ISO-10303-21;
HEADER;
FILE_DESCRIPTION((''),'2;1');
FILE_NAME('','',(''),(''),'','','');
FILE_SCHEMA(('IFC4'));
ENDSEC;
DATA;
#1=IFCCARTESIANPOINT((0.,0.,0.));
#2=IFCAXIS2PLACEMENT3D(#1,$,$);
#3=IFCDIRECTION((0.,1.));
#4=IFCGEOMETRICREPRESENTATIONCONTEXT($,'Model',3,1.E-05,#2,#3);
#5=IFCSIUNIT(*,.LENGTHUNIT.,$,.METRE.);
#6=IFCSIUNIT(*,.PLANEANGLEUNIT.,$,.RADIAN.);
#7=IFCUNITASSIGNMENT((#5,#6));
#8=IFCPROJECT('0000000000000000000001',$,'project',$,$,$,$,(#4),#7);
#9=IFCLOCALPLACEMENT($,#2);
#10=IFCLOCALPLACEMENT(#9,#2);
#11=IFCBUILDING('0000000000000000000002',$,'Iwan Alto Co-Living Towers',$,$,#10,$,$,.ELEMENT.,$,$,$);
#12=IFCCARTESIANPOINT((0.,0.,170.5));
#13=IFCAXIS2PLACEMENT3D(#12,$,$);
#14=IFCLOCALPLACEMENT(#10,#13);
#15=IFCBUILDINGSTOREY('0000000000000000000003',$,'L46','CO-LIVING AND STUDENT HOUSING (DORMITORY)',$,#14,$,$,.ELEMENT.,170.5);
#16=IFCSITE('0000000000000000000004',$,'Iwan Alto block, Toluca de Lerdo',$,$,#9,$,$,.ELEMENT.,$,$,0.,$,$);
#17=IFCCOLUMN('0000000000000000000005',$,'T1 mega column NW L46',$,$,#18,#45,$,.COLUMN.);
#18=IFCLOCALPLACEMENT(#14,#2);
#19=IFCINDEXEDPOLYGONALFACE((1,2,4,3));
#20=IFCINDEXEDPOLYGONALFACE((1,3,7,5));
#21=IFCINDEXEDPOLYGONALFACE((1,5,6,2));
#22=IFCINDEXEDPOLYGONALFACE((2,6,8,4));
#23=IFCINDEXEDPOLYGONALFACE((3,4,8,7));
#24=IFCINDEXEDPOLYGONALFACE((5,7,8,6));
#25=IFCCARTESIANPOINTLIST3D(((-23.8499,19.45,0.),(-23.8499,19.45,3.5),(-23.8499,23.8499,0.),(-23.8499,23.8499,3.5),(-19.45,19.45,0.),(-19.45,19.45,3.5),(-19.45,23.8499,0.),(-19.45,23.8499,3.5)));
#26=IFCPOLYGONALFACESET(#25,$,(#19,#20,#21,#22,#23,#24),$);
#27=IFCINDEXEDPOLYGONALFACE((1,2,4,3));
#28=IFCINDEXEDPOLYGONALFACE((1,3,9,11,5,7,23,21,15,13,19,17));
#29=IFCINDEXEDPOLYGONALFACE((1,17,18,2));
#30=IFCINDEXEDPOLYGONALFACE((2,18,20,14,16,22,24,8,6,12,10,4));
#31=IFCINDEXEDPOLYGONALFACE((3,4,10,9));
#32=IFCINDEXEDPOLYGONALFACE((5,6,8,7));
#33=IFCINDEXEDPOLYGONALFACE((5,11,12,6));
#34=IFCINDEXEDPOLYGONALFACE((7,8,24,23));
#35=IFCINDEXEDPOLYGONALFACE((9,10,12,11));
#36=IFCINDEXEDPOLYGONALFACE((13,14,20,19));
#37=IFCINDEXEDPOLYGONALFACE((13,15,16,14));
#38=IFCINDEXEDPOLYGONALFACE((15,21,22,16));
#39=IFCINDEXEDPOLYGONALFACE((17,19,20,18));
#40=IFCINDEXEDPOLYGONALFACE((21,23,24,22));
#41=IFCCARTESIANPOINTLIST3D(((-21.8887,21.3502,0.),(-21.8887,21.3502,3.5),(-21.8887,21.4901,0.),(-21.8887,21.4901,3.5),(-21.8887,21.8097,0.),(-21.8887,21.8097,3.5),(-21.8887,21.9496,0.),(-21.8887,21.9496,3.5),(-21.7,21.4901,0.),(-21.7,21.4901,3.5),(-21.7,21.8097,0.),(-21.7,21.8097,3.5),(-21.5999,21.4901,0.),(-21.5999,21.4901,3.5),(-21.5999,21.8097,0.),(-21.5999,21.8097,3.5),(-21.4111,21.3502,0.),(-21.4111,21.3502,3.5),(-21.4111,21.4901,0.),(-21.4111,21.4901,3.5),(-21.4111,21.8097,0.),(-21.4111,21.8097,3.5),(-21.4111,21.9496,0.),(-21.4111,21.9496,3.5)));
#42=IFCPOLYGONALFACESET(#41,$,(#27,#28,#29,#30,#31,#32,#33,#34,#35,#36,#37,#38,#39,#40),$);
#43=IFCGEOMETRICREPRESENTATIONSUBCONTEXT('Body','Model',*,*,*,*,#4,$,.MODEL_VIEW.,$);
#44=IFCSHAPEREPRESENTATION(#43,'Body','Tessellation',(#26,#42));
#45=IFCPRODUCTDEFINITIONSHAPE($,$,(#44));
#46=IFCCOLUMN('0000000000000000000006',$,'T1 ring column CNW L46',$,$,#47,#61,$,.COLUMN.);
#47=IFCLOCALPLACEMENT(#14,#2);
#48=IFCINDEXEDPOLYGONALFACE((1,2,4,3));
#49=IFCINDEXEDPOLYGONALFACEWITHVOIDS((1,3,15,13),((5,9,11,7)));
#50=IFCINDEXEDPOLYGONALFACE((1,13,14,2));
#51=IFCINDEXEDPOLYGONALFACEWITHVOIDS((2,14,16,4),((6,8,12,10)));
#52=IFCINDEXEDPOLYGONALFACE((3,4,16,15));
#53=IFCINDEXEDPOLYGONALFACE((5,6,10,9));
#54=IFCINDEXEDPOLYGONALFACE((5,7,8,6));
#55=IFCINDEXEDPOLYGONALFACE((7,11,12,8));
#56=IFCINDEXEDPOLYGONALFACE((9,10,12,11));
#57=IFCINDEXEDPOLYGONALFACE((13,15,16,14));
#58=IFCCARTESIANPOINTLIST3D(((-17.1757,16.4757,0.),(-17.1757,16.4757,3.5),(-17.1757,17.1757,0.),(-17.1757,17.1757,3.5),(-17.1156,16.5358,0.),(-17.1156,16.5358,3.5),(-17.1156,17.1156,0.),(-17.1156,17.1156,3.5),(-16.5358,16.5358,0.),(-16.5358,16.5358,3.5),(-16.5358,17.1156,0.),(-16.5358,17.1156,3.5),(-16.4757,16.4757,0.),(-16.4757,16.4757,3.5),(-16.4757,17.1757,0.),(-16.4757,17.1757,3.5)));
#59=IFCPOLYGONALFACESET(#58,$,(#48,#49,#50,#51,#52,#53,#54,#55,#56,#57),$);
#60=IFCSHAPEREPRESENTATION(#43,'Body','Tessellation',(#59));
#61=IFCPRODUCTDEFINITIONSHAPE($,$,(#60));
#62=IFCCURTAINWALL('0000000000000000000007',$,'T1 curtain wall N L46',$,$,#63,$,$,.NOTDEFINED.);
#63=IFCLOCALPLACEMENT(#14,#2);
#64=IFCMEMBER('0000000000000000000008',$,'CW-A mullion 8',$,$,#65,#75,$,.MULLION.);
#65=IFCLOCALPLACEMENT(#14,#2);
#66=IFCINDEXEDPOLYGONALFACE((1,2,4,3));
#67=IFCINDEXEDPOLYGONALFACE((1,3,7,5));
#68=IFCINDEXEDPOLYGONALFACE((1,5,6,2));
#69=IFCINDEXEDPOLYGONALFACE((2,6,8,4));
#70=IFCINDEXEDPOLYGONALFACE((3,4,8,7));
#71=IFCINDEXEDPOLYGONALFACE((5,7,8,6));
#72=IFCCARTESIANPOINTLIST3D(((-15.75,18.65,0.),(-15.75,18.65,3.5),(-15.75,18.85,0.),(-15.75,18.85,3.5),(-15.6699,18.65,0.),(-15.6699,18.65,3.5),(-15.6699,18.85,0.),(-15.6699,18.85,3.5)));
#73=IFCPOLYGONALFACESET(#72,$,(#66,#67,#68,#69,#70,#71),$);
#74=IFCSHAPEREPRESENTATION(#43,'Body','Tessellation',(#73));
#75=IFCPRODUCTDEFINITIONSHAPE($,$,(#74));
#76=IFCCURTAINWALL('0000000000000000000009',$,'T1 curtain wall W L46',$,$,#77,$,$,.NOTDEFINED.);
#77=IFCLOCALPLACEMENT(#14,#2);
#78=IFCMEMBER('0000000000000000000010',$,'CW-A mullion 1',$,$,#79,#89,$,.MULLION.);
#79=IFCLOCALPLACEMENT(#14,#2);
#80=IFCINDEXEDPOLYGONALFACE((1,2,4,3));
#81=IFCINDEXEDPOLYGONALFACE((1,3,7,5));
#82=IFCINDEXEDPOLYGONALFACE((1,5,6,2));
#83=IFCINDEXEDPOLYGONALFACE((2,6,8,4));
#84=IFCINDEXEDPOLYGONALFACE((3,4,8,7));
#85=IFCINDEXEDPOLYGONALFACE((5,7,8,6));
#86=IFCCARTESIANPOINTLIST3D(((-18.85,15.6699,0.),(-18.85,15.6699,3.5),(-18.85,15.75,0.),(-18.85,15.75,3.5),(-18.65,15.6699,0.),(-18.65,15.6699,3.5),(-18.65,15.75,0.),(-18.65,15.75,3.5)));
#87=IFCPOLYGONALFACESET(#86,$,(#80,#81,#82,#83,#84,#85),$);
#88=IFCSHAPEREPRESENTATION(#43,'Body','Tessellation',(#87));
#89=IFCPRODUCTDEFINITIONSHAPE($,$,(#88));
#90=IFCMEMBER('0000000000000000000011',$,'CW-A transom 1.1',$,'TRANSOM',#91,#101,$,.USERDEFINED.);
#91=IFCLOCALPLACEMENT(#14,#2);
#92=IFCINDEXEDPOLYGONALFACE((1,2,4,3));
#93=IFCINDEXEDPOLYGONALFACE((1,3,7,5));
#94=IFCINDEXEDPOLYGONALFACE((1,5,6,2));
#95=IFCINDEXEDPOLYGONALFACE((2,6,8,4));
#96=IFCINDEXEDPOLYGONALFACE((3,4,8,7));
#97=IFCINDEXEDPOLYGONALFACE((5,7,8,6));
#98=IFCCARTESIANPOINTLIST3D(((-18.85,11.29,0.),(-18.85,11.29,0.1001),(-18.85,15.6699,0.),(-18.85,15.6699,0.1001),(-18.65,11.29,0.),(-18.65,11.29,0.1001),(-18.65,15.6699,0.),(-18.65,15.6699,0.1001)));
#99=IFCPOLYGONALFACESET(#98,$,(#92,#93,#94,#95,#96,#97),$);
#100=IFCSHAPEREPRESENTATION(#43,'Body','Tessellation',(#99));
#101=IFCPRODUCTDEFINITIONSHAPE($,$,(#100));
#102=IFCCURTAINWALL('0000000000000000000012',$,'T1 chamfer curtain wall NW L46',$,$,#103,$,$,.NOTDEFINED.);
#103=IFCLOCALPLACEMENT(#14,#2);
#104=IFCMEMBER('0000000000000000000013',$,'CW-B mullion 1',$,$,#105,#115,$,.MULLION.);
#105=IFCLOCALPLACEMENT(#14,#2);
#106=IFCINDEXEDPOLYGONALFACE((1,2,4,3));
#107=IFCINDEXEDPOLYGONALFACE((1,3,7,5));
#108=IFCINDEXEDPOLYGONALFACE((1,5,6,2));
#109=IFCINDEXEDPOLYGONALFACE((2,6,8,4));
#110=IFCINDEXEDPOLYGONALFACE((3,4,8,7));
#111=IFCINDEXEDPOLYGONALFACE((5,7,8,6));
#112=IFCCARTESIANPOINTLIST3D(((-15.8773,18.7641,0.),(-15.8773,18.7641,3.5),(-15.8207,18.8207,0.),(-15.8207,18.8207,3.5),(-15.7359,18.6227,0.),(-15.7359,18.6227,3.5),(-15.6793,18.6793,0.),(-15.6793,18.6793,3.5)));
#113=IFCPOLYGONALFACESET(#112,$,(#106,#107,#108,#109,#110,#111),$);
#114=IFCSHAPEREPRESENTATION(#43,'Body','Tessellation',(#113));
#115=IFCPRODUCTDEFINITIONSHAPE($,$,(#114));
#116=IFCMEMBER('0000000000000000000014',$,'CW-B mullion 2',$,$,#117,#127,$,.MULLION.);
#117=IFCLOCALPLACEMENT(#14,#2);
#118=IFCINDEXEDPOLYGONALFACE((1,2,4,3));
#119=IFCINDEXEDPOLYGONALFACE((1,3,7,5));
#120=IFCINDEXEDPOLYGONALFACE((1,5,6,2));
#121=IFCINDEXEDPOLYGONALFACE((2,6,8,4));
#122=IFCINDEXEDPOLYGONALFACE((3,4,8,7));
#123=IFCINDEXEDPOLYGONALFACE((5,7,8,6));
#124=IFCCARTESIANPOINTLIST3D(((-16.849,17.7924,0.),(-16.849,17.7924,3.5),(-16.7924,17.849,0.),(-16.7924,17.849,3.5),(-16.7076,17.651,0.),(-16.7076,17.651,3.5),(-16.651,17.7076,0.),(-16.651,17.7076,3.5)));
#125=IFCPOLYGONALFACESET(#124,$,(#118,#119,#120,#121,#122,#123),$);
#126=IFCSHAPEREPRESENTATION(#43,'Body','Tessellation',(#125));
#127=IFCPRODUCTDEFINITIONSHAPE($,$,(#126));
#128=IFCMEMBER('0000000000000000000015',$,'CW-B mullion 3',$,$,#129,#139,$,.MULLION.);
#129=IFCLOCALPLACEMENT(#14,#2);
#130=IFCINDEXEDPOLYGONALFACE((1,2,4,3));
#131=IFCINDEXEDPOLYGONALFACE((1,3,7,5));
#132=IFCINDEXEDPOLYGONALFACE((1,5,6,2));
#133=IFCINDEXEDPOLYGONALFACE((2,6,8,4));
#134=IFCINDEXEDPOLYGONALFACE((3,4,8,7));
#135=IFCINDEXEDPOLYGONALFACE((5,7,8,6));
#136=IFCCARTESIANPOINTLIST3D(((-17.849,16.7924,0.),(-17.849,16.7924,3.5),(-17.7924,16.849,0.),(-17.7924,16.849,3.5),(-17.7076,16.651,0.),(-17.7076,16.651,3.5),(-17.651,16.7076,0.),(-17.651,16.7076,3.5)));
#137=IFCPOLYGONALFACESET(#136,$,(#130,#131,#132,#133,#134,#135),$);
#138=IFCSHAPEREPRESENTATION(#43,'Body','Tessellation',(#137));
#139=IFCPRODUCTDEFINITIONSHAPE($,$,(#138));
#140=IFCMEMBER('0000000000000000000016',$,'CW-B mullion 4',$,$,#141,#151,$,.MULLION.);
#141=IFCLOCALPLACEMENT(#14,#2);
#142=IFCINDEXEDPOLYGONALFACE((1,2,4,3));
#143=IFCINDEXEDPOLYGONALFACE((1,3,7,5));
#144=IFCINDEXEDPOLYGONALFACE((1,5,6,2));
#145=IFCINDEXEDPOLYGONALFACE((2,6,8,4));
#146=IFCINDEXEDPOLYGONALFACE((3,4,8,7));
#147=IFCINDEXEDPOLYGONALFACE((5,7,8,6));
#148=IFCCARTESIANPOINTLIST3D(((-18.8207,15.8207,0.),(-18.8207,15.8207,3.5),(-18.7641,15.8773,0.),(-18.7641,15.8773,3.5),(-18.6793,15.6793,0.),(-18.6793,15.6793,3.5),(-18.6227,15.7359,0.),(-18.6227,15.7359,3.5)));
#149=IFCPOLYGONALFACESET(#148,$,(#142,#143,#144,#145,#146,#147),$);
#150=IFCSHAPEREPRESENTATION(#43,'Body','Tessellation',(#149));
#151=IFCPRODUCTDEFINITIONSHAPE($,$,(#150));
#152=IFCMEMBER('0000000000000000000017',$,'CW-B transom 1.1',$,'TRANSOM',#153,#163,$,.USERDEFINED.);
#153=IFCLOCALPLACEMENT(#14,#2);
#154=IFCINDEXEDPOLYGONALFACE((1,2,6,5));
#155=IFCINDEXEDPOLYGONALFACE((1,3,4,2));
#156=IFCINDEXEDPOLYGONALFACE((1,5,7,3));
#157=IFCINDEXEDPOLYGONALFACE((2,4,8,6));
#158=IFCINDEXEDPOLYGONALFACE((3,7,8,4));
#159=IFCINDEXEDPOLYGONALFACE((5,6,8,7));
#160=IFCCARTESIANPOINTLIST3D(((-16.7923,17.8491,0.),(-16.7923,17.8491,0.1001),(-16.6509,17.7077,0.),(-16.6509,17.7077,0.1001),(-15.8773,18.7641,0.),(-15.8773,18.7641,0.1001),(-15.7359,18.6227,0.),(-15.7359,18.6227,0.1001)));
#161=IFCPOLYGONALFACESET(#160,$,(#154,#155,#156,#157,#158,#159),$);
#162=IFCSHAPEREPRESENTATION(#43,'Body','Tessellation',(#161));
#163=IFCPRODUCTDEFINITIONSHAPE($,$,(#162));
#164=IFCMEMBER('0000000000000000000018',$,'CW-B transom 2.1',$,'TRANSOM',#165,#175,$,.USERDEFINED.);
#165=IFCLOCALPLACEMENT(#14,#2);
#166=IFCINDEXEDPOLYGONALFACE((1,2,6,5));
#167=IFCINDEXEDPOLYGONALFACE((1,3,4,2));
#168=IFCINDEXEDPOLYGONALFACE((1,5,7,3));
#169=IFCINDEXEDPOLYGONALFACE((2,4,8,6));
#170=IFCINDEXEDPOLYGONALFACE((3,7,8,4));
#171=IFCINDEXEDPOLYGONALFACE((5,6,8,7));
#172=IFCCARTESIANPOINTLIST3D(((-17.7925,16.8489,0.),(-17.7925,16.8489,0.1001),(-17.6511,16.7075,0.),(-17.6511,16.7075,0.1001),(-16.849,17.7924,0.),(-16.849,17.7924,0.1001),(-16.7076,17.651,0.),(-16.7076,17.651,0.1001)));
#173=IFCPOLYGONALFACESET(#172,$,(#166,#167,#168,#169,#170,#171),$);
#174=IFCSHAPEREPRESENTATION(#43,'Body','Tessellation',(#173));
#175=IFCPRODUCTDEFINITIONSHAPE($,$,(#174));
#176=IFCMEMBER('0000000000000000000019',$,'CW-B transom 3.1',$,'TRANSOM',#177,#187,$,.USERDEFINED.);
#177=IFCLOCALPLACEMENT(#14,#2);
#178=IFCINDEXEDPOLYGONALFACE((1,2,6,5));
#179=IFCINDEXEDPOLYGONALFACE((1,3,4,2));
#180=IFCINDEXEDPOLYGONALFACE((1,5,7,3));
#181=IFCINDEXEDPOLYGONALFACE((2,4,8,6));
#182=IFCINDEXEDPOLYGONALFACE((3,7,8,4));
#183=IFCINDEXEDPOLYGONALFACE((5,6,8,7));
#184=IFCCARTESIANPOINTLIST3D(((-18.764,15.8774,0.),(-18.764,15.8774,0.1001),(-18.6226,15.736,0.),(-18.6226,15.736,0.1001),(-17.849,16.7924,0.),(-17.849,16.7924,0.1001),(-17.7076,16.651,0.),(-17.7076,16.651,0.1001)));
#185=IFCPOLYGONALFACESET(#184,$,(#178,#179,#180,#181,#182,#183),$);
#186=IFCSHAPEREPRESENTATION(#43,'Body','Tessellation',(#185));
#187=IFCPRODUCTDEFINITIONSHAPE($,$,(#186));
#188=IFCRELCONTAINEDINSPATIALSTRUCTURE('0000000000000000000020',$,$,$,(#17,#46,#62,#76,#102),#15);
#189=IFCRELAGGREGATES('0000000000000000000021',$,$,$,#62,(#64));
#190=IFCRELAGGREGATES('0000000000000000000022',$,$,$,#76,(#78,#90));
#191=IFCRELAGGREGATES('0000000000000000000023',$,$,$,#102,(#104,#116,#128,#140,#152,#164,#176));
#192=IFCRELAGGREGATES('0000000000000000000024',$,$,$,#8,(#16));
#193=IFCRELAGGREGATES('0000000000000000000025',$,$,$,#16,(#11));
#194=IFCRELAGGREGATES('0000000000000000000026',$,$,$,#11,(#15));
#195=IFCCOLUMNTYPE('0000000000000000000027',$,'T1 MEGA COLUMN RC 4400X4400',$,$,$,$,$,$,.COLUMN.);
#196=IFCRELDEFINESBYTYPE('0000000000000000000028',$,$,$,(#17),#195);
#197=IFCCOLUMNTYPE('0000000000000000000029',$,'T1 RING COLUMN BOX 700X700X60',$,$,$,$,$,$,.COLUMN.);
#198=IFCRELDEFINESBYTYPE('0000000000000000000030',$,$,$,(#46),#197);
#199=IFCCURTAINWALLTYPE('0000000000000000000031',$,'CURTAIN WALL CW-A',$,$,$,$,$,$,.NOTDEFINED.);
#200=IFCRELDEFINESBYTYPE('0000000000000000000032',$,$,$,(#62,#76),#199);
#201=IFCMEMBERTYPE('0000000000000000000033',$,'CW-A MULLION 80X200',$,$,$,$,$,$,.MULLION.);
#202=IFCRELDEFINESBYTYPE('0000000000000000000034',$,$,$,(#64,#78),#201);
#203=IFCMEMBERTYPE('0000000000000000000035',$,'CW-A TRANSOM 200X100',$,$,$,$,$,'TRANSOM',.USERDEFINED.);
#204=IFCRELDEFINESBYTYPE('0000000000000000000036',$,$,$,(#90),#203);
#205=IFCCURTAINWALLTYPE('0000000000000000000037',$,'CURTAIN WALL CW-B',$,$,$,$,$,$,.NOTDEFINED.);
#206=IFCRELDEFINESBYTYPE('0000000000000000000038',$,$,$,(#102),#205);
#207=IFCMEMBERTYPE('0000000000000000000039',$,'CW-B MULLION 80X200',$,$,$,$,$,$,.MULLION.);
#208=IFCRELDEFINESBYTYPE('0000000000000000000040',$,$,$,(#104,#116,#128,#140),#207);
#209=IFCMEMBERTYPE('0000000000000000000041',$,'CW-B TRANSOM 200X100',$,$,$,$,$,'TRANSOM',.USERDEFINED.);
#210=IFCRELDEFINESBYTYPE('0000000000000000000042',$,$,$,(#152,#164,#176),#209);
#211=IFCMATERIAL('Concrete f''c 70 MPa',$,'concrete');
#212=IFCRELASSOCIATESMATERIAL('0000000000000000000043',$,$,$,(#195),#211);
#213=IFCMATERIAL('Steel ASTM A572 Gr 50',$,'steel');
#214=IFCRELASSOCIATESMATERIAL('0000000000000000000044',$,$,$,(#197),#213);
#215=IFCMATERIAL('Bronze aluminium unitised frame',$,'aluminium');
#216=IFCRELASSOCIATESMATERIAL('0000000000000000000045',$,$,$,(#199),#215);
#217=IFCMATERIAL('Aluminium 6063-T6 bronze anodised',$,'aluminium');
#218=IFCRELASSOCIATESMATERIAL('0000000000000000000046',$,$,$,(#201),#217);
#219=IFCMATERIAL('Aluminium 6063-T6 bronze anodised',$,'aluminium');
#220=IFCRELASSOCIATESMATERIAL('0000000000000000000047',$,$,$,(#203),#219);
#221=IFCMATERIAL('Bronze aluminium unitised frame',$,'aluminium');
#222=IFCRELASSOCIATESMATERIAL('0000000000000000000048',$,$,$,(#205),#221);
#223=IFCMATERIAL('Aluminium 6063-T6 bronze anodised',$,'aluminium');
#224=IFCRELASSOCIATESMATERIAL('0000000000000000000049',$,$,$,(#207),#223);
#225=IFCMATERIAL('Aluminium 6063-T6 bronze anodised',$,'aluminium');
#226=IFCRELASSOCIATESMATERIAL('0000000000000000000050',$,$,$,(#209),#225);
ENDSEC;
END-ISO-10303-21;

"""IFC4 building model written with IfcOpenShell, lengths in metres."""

from ifc_helpers import new_model, si_unit, direction, frame, origin, origin_2d, place, context, subcontext, project, spatial, rectangle, hollow_rectangle, i_section, extrude, material, material_profile, profile_set, type_object, element, aggregate, save


model = new_model("IFC4")

# Units and contexts
model_context = context("Model", 3, precision=1e-05, world=origin(), true_north=direction((0.0, 1.0)))
body_context = subcontext(model_context, "Body", "Model", "MODEL_VIEW")
ifc_project = project(units=[si_unit("LENGTHUNIT", "METRE"), si_unit("PLANEANGLEUNIT", "RADIAN")], contexts=[model_context])

# Site, building, storey
site_placement = place(None, origin())
site = spatial("IfcSite", under=ifc_project, at=site_placement, Name="Iwan Alto block, Toluca de Lerdo", CompositionType="ELEMENT", RefElevation=0.0)
building_placement = place(site_placement, origin())
building = spatial("IfcBuilding", under=site, at=building_placement, Name="Iwan Alto Co-Living Towers", CompositionType="ELEMENT")
storey_placement = place(building_placement, frame((0.0, 0.0, 170.5)))
storey = spatial("IfcBuildingStorey", under=building, at=storey_placement, Name="L46", Description="CO-LIVING AND STUDENT HOUSING (DORMITORY)", CompositionType="ELEMENT", Elevation=170.5)

# Columns
ifc_material_1 = material(Name="Concrete f'c 70 MPa", Category="concrete")
ifc_material_profile_1 = material_profile(ifc_material_1, rectangle(XDim=4.3999, YDim=4.3999, at=origin_2d()), Name="RC 4400X4400")
ifc_profile_set_1 = profile_set([ifc_material_profile_1], Name="Concrete f'c 70 MPa")
column_type_1 = type_object("IfcColumnType", Name="T1 MEGA COLUMN RC 4400X4400", PredefinedType="COLUMN", material=ifc_profile_set_1)
column_1_placement = place(storey_placement, frame((-21.6499, 21.6499, 0.0), z_axis=(0.0, 0.0, 1.0), x_axis=(1.0, 0.0, 0.0)))
element("IfcColumn", 1, at=column_1_placement, inside=storey, type_object=column_type_1, Name="T1 mega column NW L46", PredefinedType="COLUMN", context=body_context, shape_type="SweptSolid", body=[
    extrude(rectangle(XDim=4.3999, YDim=4.3999, at=origin_2d()), origin(), (0.0, 0.0, 1.0), 3.5),
    extrude(i_section(OverallWidth=0.4775, OverallDepth=0.5994, WebThickness=0.1001, FlangeThickness=0.1399, at=origin_2d()), origin(), (0.0, 0.0, 1.0), 3.5),
])
ifc_material_2 = material(Name="Steel ASTM A572 Gr 50", Category="steel")
ifc_material_profile_2 = material_profile(ifc_material_2, hollow_rectangle(XDim=0.7, YDim=0.7, WallThickness=0.0601, at=origin_2d()), Name="BOX 700X700X60")
ifc_profile_set_2 = profile_set([ifc_material_profile_2], Name="Steel ASTM A572 Gr 50")
column_type_2 = type_object("IfcColumnType", Name="T1 RING COLUMN BOX 700X700X60", PredefinedType="COLUMN", material=ifc_profile_set_2)
column_2_placement = place(storey_placement, frame((-16.8257, 16.8257, 0.0), z_axis=(0.0, 0.0, 1.0), x_axis=(1.0, 0.0, 0.0)))
element("IfcColumn", 2, at=column_2_placement, inside=storey, type_object=column_type_2, Name="T1 ring column CNW L46", PredefinedType="COLUMN", context=body_context, shape_type="SweptSolid", body=[
    extrude(hollow_rectangle(XDim=0.7, YDim=0.7, WallThickness=0.0601, at=origin_2d()), origin(), (0.0, 0.0, 1.0), 3.5),
])

# Curtain wall, member
ifc_material_3 = material(Name="Bronze aluminium unitised frame", Category="aluminium")
curtain_wall_type_1 = type_object("IfcCurtainWallType", Name="CURTAIN WALL CW-A", PredefinedType="NOTDEFINED", material=ifc_material_3)
curtain_wall_1_placement = place(storey_placement, origin())
curtain_wall_1 = element("IfcCurtainWall", 3, at=curtain_wall_1_placement, inside=storey, type_object=curtain_wall_type_1, Name="T1 curtain wall N L46", PredefinedType="NOTDEFINED")
ifc_material_4 = material(Name="Aluminium 6063-T6 bronze anodised", Category="aluminium")
ifc_material_profile_3 = material_profile(ifc_material_4, rectangle(XDim=0.2, YDim=0.0801, at=origin_2d()), Name="AL 80X200")
ifc_profile_set_3 = profile_set([ifc_material_profile_3], Name="Aluminium 6063-T6 bronze anodised")
member_type_1 = type_object("IfcMemberType", Name="CW-A MULLION 80X200", PredefinedType="MULLION", material=ifc_profile_set_3)
member_1_placement = place(storey_placement, frame((-15.71, 18.75, 0.0), z_axis=(0.0, 0.0, 1.0), x_axis=(0.0, -1.0, 0.0)))
member_1 = element("IfcMember", 4, at=member_1_placement, type_object=member_type_1, Name="CW-A mullion 8", PredefinedType="MULLION", context=body_context, shape_type="SweptSolid", body=[
    extrude(rectangle(XDim=0.2, YDim=0.0801, at=origin_2d()), origin(), (0.0, 0.0, 1.0), 3.5),
])
aggregate(curtain_wall_1, [member_1])

# Curtain walls, members
curtain_wall_2_placement = place(storey_placement, origin())
curtain_wall_2 = element("IfcCurtainWall", 5, at=curtain_wall_2_placement, inside=storey, type_object=curtain_wall_type_1, Name="T1 curtain wall W L46", PredefinedType="NOTDEFINED")
member_2_placement = place(storey_placement, frame((-18.75, 15.71, 0.0), z_axis=(0.0, 0.0, 1.0), x_axis=(1.0, 0.0, 0.0)))
member_2 = element("IfcMember", 6, at=member_2_placement, type_object=member_type_1, Name="CW-A mullion 1", PredefinedType="MULLION", context=body_context, shape_type="SweptSolid", body=[
    extrude(rectangle(XDim=0.2, YDim=0.0801, at=origin_2d()), origin(), (0.0, 0.0, 1.0), 3.5),
])
ifc_material_5 = material(Name="Aluminium 6063-T6 bronze anodised", Category="aluminium")
ifc_material_profile_4 = material_profile(ifc_material_5, rectangle(XDim=0.2, YDim=0.1001, at=origin_2d()), Name="AL 200X100")
ifc_profile_set_4 = profile_set([ifc_material_profile_4], Name="Aluminium 6063-T6 bronze anodised")
member_type_2 = type_object("IfcMemberType", Name="CW-A TRANSOM 200X100", ElementType="TRANSOM", PredefinedType="USERDEFINED", material=ifc_profile_set_4)
member_3_placement = place(storey_placement, frame((-18.75, 15.6699, 0.05), z_axis=(0.0, -1.0, 0.0), x_axis=(1.0, 0.0, 0.0)))
member_3 = element("IfcMember", 7, at=member_3_placement, type_object=member_type_2, Name="CW-A transom 1.1", ObjectType="TRANSOM", PredefinedType="USERDEFINED", context=body_context, shape_type="SweptSolid", body=[
    extrude(rectangle(XDim=0.2, YDim=0.1001, at=origin_2d()), origin(), (0.0, 0.0, 1.0), 4.3799),
])
ifc_material_6 = material(Name="Bronze aluminium unitised frame", Category="aluminium")
curtain_wall_type_2 = type_object("IfcCurtainWallType", Name="CURTAIN WALL CW-B", PredefinedType="NOTDEFINED", material=ifc_material_6)
curtain_wall_3_placement = place(storey_placement, origin())
curtain_wall_3 = element("IfcCurtainWall", 8, at=curtain_wall_3_placement, inside=storey, type_object=curtain_wall_type_2, Name="T1 chamfer curtain wall NW L46", PredefinedType="NOTDEFINED")
ifc_material_7 = material(Name="Aluminium 6063-T6 bronze anodised", Category="aluminium")
ifc_material_profile_5 = material_profile(ifc_material_7, rectangle(XDim=0.2, YDim=0.0801, at=origin_2d()), Name="AL 80X200")
ifc_profile_set_5 = profile_set([ifc_material_profile_5], Name="Aluminium 6063-T6 bronze anodised")
member_type_3 = type_object("IfcMemberType", Name="CW-B MULLION 80X200", PredefinedType="MULLION", material=ifc_profile_set_5)
member_4_placement = place(storey_placement, frame((-15.7783, 18.7217, 0.0), z_axis=(0.0, 0.0, 1.0), x_axis=(0.707107, -0.707107, 0.0)))
member_4 = element("IfcMember", 9, at=member_4_placement, type_object=member_type_3, Name="CW-B mullion 1", PredefinedType="MULLION", context=body_context, shape_type="SweptSolid", body=[
    extrude(rectangle(XDim=0.2, YDim=0.0801, at=origin_2d()), origin(), (0.0, 0.0, 1.0), 3.5),
])
member_5_placement = place(storey_placement, frame((-16.75, 17.75, 0.0), z_axis=(0.0, 0.0, 1.0), x_axis=(0.707107, -0.707107, 0.0)))
member_5 = element("IfcMember", 10, at=member_5_placement, type_object=member_type_3, Name="CW-B mullion 2", PredefinedType="MULLION", context=body_context, shape_type="SweptSolid", body=[
    extrude(rectangle(XDim=0.2, YDim=0.0801, at=origin_2d()), origin(), (0.0, 0.0, 1.0), 3.5),
])
member_6_placement = place(storey_placement, frame((-17.75, 16.75, 0.0), z_axis=(0.0, 0.0, 1.0), x_axis=(0.707107, -0.707107, 0.0)))
member_6 = element("IfcMember", 11, at=member_6_placement, type_object=member_type_3, Name="CW-B mullion 3", PredefinedType="MULLION", context=body_context, shape_type="SweptSolid", body=[
    extrude(rectangle(XDim=0.2, YDim=0.0801, at=origin_2d()), origin(), (0.0, 0.0, 1.0), 3.5),
])
member_7_placement = place(storey_placement, frame((-18.7217, 15.7783, 0.0), z_axis=(0.0, 0.0, 1.0), x_axis=(0.707107, -0.707107, 0.0)))
member_7 = element("IfcMember", 12, at=member_7_placement, type_object=member_type_3, Name="CW-B mullion 4", PredefinedType="MULLION", context=body_context, shape_type="SweptSolid", body=[
    extrude(rectangle(XDim=0.2, YDim=0.0801, at=origin_2d()), origin(), (0.0, 0.0, 1.0), 3.5),
])
ifc_material_8 = material(Name="Aluminium 6063-T6 bronze anodised", Category="aluminium")
ifc_material_profile_6 = material_profile(ifc_material_8, rectangle(XDim=0.2, YDim=0.1001, at=origin_2d()), Name="AL 200X100")
ifc_profile_set_6 = profile_set([ifc_material_profile_6], Name="Aluminium 6063-T6 bronze anodised")
member_type_4 = type_object("IfcMemberType", Name="CW-B TRANSOM 200X100", ElementType="TRANSOM", PredefinedType="USERDEFINED", material=ifc_profile_set_6)
member_8_placement = place(storey_placement, frame((-15.8066, 18.6934, 0.05), z_axis=(-0.707107, -0.707107, 0.0), x_axis=(0.707107, -0.707107, 0.0)))
member_8 = element("IfcMember", 13, at=member_8_placement, type_object=member_type_4, Name="CW-B transom 1.1", ObjectType="TRANSOM", PredefinedType="USERDEFINED", context=body_context, shape_type="SweptSolid", body=[
    extrude(rectangle(XDim=0.2, YDim=0.1001, at=origin_2d()), origin(), (0.0, 0.0, 1.0), 1.2939),
])
member_9_placement = place(storey_placement, frame((-16.7783, 17.7217, 0.05), z_axis=(-0.707107, -0.707107, 0.0), x_axis=(0.707107, -0.707107, 0.0)))
member_9 = element("IfcMember", 14, at=member_9_placement, type_object=member_type_4, Name="CW-B transom 2.1", ObjectType="TRANSOM", PredefinedType="USERDEFINED", context=body_context, shape_type="SweptSolid", body=[
    extrude(rectangle(XDim=0.2, YDim=0.1001, at=origin_2d()), origin(), (0.0, 0.0, 1.0), 1.3342),
])
member_10_placement = place(storey_placement, frame((-17.7783, 16.7217, 0.05), z_axis=(-0.707107, -0.707107, 0.0), x_axis=(0.707107, -0.707107, 0.0)))
member_10 = element("IfcMember", 15, at=member_10_placement, type_object=member_type_4, Name="CW-B transom 3.1", ObjectType="TRANSOM", PredefinedType="USERDEFINED", context=body_context, shape_type="SweptSolid", body=[
    extrude(rectangle(XDim=0.2, YDim=0.1001, at=origin_2d()), origin(), (0.0, 0.0, 1.0), 1.2939),
])

aggregate(curtain_wall_2, [member_2, member_3])
aggregate(curtain_wall_3, [member_4, member_5, member_6, member_7, member_8, member_9, member_10])

save(model, "model.ifc")
